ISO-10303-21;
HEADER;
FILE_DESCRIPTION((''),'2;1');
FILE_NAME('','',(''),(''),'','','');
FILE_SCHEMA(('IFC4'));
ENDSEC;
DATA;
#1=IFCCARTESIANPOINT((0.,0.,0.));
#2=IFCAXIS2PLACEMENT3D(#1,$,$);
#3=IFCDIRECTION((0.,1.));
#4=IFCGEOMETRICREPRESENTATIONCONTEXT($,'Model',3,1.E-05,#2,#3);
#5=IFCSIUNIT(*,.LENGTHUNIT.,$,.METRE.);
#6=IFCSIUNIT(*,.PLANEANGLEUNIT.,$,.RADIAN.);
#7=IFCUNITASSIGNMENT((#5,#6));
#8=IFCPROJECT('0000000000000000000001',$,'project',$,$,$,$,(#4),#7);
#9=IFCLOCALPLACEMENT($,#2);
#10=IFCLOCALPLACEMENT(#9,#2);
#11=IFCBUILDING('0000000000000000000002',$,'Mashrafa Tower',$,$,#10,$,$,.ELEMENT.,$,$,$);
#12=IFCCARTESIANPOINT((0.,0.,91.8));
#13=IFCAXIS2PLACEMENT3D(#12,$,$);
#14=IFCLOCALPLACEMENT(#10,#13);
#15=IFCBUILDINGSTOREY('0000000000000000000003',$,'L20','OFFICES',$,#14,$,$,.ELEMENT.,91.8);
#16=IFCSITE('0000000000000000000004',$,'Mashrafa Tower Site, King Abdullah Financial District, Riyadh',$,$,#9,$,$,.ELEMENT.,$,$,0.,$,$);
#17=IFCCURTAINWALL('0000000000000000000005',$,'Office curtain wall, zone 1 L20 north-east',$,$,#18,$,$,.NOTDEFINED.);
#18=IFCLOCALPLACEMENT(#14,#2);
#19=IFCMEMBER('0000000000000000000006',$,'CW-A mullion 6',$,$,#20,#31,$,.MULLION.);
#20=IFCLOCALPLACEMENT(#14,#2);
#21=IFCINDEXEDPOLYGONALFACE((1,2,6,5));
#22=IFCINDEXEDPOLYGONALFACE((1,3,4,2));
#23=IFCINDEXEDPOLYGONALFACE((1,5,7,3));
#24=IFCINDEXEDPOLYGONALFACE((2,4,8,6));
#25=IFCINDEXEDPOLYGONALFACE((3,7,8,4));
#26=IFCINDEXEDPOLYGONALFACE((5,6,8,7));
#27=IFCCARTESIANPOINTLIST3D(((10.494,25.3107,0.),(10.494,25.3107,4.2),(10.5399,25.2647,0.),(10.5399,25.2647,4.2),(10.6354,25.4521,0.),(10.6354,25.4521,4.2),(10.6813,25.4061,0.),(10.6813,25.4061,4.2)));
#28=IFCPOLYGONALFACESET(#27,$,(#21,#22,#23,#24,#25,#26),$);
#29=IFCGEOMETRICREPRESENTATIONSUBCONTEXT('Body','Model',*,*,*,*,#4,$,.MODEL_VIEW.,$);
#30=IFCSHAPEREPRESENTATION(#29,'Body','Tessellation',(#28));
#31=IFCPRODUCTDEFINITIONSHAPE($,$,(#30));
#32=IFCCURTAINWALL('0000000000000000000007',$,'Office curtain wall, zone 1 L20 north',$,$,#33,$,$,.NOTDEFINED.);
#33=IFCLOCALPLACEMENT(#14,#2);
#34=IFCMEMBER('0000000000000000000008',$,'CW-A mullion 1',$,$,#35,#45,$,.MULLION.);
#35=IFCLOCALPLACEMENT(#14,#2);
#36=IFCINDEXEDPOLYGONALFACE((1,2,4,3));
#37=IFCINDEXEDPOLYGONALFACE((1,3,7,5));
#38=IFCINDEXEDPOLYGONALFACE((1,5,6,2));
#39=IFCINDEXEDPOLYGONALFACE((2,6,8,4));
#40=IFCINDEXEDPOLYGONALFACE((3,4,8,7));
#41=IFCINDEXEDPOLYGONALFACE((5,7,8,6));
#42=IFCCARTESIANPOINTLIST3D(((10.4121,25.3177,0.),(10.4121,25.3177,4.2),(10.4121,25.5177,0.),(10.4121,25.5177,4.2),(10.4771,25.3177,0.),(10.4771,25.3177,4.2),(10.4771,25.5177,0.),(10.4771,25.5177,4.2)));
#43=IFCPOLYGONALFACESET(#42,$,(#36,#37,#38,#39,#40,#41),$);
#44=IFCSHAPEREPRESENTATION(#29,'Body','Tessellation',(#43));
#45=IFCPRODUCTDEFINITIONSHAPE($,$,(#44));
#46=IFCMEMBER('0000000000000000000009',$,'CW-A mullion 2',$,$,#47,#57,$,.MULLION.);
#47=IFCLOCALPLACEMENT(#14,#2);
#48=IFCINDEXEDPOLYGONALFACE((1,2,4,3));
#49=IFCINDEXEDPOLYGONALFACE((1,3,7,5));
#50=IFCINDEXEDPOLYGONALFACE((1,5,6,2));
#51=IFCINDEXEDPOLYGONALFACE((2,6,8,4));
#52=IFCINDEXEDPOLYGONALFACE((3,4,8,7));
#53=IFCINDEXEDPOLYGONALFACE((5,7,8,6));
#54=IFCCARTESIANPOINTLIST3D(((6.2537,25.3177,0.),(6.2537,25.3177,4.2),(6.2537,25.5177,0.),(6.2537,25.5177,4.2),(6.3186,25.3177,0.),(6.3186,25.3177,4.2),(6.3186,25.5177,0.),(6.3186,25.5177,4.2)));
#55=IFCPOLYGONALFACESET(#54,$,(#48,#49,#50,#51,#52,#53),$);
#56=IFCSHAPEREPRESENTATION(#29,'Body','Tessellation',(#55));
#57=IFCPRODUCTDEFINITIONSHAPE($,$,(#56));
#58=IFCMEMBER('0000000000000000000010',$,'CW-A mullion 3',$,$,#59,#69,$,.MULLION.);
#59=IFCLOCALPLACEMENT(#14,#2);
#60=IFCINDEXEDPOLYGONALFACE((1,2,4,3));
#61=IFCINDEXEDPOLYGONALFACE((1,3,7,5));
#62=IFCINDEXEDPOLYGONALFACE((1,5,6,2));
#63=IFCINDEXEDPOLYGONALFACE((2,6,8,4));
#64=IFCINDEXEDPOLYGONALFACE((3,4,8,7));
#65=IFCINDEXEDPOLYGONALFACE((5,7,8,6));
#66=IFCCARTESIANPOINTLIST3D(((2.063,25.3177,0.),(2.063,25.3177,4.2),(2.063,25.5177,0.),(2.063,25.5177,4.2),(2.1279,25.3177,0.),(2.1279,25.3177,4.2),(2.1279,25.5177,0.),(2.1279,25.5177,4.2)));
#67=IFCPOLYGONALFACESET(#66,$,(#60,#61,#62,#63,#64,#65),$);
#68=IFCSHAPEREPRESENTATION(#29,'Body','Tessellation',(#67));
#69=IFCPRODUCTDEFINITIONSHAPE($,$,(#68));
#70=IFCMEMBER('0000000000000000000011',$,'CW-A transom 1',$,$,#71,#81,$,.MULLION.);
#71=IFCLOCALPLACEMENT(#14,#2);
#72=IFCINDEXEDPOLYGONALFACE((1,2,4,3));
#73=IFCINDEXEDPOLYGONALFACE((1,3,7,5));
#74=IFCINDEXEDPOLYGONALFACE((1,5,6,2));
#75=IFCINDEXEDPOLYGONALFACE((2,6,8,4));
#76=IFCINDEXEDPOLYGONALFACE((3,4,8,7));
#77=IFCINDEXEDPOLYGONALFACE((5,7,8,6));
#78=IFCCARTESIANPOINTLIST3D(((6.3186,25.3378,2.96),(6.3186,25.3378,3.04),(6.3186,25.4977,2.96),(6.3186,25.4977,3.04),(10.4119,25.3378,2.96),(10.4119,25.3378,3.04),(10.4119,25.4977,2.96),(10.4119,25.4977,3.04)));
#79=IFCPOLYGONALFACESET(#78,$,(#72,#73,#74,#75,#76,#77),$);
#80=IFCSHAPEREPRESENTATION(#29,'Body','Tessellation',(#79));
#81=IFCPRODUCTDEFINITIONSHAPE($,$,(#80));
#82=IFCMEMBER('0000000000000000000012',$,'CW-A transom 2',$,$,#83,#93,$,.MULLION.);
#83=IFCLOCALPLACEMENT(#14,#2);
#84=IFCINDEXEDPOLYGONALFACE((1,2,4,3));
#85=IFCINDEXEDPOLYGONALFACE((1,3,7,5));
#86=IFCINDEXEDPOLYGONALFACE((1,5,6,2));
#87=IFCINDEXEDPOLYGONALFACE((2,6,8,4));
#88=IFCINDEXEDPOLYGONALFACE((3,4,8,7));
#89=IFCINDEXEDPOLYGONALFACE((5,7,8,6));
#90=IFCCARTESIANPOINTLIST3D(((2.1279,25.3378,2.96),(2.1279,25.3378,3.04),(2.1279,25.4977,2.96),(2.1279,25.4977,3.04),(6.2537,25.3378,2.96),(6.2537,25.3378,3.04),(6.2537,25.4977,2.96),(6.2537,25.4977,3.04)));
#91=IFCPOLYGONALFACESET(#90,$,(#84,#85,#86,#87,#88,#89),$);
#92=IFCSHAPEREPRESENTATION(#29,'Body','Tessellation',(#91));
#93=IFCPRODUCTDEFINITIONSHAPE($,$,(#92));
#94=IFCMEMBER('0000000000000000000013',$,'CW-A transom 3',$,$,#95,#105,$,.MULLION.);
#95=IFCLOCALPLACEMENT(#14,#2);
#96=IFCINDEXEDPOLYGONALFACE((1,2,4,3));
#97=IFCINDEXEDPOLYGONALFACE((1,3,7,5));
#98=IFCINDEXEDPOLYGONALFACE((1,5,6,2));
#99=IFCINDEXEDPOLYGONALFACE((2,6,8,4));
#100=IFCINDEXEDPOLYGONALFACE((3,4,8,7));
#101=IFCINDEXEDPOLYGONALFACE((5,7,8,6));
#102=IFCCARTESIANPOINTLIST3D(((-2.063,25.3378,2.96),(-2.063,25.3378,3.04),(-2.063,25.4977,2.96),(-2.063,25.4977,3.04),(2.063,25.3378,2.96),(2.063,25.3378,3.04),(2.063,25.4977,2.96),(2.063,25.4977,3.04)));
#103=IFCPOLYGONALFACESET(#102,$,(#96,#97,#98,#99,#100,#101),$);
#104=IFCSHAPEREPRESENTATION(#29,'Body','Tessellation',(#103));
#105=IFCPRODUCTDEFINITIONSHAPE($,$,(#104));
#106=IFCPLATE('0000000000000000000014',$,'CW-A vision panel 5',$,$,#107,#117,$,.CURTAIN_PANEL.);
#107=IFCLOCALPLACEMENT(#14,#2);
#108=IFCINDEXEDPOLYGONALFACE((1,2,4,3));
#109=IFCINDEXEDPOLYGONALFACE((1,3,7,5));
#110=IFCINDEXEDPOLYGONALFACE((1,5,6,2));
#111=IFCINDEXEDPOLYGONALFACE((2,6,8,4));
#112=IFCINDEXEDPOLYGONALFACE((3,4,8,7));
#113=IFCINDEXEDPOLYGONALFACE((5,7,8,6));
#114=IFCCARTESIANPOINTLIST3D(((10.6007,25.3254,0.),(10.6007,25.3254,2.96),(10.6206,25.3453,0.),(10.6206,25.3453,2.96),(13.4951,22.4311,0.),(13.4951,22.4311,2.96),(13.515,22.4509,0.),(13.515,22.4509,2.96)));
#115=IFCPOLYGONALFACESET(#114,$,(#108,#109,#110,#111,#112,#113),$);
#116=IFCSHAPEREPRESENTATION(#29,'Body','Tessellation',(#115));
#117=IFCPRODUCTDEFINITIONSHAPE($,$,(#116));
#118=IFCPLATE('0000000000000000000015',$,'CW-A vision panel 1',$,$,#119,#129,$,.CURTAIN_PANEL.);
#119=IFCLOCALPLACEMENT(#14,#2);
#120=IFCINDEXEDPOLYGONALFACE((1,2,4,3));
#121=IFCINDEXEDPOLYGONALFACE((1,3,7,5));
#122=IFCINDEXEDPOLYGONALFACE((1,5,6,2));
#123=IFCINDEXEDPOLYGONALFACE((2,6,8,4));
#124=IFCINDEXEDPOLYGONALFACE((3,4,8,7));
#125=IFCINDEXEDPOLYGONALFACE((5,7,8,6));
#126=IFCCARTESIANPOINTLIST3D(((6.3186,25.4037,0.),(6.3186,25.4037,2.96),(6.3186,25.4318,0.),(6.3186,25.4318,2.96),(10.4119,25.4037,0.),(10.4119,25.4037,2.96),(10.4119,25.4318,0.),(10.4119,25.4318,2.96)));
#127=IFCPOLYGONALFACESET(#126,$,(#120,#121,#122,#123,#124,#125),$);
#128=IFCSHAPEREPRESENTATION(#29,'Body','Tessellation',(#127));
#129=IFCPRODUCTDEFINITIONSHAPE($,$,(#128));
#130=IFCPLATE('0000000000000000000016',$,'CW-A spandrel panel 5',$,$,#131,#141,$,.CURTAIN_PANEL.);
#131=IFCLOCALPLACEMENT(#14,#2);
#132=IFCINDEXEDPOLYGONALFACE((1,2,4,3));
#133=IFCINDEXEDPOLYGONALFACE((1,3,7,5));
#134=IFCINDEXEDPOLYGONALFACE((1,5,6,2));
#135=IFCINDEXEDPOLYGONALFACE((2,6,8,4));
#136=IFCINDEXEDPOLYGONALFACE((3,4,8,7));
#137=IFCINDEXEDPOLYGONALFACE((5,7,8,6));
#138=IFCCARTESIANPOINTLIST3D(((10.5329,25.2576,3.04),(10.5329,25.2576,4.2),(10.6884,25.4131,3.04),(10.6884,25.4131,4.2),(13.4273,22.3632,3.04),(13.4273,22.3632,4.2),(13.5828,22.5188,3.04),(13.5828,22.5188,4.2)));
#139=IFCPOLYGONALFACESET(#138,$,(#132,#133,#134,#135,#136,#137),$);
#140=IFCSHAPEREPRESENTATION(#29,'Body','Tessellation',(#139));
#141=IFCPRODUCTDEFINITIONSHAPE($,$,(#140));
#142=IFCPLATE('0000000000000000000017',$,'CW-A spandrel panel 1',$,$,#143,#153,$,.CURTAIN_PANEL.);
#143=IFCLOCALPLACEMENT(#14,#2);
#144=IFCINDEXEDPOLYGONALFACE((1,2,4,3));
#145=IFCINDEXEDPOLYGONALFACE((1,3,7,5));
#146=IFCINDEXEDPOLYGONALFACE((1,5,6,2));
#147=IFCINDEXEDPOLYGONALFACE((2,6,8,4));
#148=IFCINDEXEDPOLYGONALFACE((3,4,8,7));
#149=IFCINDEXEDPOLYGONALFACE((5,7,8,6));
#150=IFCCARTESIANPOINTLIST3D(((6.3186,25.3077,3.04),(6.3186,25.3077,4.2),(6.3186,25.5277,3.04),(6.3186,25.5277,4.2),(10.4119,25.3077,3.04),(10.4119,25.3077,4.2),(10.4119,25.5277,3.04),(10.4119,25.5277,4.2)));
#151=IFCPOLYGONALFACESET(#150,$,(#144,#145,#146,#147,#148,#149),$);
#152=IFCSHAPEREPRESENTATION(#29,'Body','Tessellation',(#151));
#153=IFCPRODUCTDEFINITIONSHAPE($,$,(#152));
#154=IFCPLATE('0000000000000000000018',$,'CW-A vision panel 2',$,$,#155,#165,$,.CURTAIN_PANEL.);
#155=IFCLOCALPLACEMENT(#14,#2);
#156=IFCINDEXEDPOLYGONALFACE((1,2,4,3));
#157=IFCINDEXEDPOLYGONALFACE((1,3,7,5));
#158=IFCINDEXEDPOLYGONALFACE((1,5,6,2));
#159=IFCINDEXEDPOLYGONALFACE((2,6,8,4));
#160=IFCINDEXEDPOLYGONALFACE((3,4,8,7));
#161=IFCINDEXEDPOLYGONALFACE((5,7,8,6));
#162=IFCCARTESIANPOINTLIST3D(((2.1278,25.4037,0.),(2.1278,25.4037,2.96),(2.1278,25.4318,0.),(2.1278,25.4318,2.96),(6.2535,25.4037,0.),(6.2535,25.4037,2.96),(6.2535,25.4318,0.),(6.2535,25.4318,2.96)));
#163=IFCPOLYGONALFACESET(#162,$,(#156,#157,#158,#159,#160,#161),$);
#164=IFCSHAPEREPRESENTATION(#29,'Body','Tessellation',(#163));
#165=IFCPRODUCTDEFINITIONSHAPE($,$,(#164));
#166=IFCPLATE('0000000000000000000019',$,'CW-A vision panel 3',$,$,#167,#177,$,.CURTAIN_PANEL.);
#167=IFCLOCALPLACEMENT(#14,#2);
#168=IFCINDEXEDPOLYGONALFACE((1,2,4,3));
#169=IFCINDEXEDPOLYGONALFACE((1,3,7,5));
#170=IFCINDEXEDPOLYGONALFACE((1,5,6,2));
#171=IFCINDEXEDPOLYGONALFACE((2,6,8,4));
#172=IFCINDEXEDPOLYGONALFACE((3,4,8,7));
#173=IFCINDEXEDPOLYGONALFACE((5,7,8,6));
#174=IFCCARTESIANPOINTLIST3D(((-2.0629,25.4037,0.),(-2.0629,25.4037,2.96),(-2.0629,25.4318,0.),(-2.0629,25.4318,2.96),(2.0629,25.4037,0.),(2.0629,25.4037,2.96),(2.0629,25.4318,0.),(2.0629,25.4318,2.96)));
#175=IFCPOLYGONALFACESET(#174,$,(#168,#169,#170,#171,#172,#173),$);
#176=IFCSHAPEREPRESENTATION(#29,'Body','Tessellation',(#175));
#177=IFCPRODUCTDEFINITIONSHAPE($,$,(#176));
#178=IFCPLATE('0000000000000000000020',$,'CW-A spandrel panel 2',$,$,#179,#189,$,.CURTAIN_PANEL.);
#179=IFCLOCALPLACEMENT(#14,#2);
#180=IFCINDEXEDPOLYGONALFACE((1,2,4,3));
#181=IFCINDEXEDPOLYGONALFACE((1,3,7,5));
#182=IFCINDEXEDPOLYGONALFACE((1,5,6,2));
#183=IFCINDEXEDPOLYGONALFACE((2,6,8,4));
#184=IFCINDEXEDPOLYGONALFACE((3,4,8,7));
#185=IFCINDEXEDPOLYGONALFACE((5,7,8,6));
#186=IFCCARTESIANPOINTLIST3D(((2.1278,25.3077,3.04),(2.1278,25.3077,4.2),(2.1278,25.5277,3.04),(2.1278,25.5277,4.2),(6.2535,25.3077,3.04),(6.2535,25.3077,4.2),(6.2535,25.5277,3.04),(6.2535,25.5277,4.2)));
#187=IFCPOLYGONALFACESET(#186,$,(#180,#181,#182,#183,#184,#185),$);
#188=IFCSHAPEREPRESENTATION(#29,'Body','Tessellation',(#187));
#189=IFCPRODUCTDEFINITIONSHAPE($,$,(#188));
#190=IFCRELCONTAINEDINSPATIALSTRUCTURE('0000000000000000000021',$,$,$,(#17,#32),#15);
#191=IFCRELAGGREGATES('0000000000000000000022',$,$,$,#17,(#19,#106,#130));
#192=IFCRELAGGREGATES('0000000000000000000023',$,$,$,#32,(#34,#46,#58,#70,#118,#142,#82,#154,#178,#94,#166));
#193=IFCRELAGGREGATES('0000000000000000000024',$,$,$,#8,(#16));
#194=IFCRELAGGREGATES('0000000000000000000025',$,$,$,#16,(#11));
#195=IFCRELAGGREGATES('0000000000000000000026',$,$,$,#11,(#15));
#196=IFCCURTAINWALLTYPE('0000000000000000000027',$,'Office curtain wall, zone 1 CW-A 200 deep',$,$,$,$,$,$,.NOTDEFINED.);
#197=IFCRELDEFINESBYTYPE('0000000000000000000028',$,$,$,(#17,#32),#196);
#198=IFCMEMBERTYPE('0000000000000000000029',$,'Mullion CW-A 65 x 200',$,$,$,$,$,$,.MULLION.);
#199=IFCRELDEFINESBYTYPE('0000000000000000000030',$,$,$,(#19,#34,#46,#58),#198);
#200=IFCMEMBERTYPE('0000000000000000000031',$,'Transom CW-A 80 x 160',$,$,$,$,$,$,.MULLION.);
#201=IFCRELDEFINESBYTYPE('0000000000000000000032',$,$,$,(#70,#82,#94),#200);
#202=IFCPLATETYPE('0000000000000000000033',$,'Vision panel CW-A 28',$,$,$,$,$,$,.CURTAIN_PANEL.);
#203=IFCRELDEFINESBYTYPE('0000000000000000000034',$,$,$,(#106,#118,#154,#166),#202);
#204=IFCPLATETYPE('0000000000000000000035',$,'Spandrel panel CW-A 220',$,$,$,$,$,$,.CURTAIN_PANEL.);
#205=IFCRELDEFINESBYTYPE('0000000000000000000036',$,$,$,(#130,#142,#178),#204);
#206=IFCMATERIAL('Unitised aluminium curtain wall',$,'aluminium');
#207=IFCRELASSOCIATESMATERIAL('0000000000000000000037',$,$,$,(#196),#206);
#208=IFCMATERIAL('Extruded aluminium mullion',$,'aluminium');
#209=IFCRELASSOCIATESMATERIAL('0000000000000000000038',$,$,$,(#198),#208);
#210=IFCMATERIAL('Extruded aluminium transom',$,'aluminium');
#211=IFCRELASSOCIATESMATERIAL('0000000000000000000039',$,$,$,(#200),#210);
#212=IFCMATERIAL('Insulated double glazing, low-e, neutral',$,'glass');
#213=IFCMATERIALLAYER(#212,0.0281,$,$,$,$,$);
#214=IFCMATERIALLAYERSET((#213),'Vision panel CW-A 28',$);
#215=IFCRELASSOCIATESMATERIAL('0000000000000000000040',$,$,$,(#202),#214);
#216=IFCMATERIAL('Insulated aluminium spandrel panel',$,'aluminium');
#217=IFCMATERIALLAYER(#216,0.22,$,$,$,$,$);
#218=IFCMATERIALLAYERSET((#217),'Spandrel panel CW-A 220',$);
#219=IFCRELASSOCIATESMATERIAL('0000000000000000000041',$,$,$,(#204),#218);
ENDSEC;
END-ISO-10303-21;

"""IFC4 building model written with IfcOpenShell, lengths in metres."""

from ifc_helpers import new_model, si_unit, direction, frame, origin, origin_2d, place, context, subcontext, project, spatial, rectangle, extrude, source, transform, mapped, material, layer, layer_set, material_profile, profile_set, type_object, type_shapes, element, aggregate, save


model = new_model("IFC4")

# Units and contexts
model_context = context("Model", 3, precision=1e-05, world=origin(), true_north=direction((0.0, 1.0)))
body_context = subcontext(model_context, "Body", "Model", "MODEL_VIEW")
ifc_project = project(units=[si_unit("LENGTHUNIT", "METRE"), si_unit("PLANEANGLEUNIT", "RADIAN")], contexts=[model_context])

# Site, building, storey
site_placement = place(None, origin())
site = spatial("IfcSite", under=ifc_project, at=site_placement, Name="Mashrafa Tower Site, King Abdullah Financial District, Riyadh", CompositionType="ELEMENT", RefElevation=0.0)
building_placement = place(site_placement, origin())
building = spatial("IfcBuilding", under=site, at=building_placement, Name="Mashrafa Tower", CompositionType="ELEMENT")
storey_placement = place(building_placement, frame((0.0, 0.0, 91.8)))
storey = spatial("IfcBuildingStorey", under=building, at=storey_placement, Name="L20", Description="OFFICES", CompositionType="ELEMENT", Elevation=91.8)

# Curtain wall, member
ifc_material_1 = material(Name="Unitised aluminium curtain wall", Category="aluminium")
curtain_wall_type = type_object("IfcCurtainWallType", Name="Office curtain wall, zone 1 CW-A 200 deep", PredefinedType="NOTDEFINED", material=ifc_material_1)
curtain_wall_1_placement = place(storey_placement, origin())
curtain_wall_1 = element("IfcCurtainWall", 1, at=curtain_wall_1_placement, inside=storey, type_object=curtain_wall_type, Name="Office curtain wall, zone 1 L20 north-east", PredefinedType="NOTDEFINED")
ifc_material_2 = material(Name="Extruded aluminium mullion", Category="aluminium")
ifc_material_profile_1 = material_profile(ifc_material_2, rectangle(XDim=0.2, YDim=0.0649, at=origin_2d()), Name="Mullion 65x200")
ifc_profile_set_1 = profile_set([ifc_material_profile_1], Name="Extruded aluminium mullion")
member_type_1 = type_object("IfcMemberType", Name="Mullion CW-A 65 x 200", PredefinedType="MULLION", material=ifc_profile_set_1)
shared_shape_1 = source(origin(), body_context, "Body", "SweptSolid", [
    extrude(rectangle(XDim=0.2, YDim=0.0649, at=origin_2d()), origin(), (0.0, 0.0, 1.0), 4.2),
])
type_shapes(member_type_1, [shared_shape_1])
member_1_placement = place(storey_placement, frame((10.5876, 25.3584, 0.0), z_axis=(0.0, 0.0, 1.0), x_axis=(-0.707107, -0.707107, 0.0)))
member_1 = element("IfcMember", 2, at=member_1_placement, type_object=member_type_1, Name="CW-A mullion 6", PredefinedType="MULLION", context=body_context, shape_type="MappedRepresentation", body=[
    mapped(shared_shape_1, transform((0.0, 0.0, 0.0))),
])

# Curtain wall, members
curtain_wall_2_placement = place(storey_placement, origin())
curtain_wall_2 = element("IfcCurtainWall", 3, at=curtain_wall_2_placement, inside=storey, type_object=curtain_wall_type, Name="Office curtain wall, zone 1 L20 north", PredefinedType="NOTDEFINED")
member_2_placement = place(storey_placement, frame((10.4446, 25.4177, 0.0), z_axis=(0.0, 0.0, 1.0), x_axis=(0.0, -1.0, 0.0)))
member_2 = element("IfcMember", 4, at=member_2_placement, type_object=member_type_1, Name="CW-A mullion 1", PredefinedType="MULLION", context=body_context, shape_type="MappedRepresentation", body=[
    mapped(shared_shape_1, transform((0.0, 0.0, 0.0))),
])
member_3_placement = place(storey_placement, frame((6.2861, 25.4177, 0.0), z_axis=(0.0, 0.0, 1.0), x_axis=(0.0, -1.0, 0.0)))
member_3 = element("IfcMember", 5, at=member_3_placement, type_object=member_type_1, Name="CW-A mullion 2", PredefinedType="MULLION", context=body_context, shape_type="MappedRepresentation", body=[
    mapped(shared_shape_1, transform((0.0, 0.0, 0.0))),
])
member_4_placement = place(storey_placement, frame((2.0955, 25.4177, 0.0), z_axis=(0.0, 0.0, 1.0), x_axis=(0.0, -1.0, 0.0)))
member_4 = element("IfcMember", 6, at=member_4_placement, type_object=member_type_1, Name="CW-A mullion 3", PredefinedType="MULLION", context=body_context, shape_type="MappedRepresentation", body=[
    mapped(shared_shape_1, transform((0.0, 0.0, 0.0))),
])
ifc_material_3 = material(Name="Extruded aluminium transom", Category="aluminium")
ifc_material_profile_2 = material_profile(ifc_material_3, rectangle(XDim=0.1599, YDim=0.0801, at=origin_2d()), Name="Transom 80x160")
ifc_profile_set_2 = profile_set([ifc_material_profile_2], Name="Extruded aluminium transom")
member_type_2 = type_object("IfcMemberType", Name="Transom CW-A 80 x 160", PredefinedType="MULLION", material=ifc_profile_set_2)
shared_shape_2 = source(origin(), body_context, "Body", "SweptSolid", [
    extrude(rectangle(XDim=0.1599, YDim=0.0801, at=origin_2d()), origin(), (0.0, 0.0, 1.0), 4.0933),
])
member_5_placement = place(storey_placement, frame((10.4119, 25.4177, 3.0), z_axis=(-1.0, 0.0, 0.0), x_axis=(0.0, -1.0, 0.0)))
member_5 = element("IfcMember", 7, at=member_5_placement, type_object=member_type_2, Name="CW-A transom 1", PredefinedType="MULLION", context=body_context, shape_type="MappedRepresentation", body=[
    mapped(shared_shape_2, transform((0.0, 0.0, 0.0))),
])
shared_shape_3 = source(origin(), body_context, "Body", "SweptSolid", [
    extrude(rectangle(XDim=0.1599, YDim=0.0801, at=origin_2d()), origin(), (0.0, 0.0, 1.0), 4.1257),
])
member_6_placement = place(storey_placement, frame((6.2537, 25.4177, 3.0), z_axis=(-1.0, 0.0, 0.0), x_axis=(0.0, -1.0, 0.0)))
member_6 = element("IfcMember", 8, at=member_6_placement, type_object=member_type_2, Name="CW-A transom 2", PredefinedType="MULLION", context=body_context, shape_type="MappedRepresentation", body=[
    mapped(shared_shape_3, transform((0.0, 0.0, 0.0))),
])
shared_shape_4 = source(origin(), body_context, "Body", "SweptSolid", [
    extrude(rectangle(XDim=0.1599, YDim=0.0801, at=origin_2d()), origin(), (0.0, 0.0, 1.0), 4.126),
])
type_shapes(member_type_2, [shared_shape_2, shared_shape_3, shared_shape_4])
member_7_placement = place(storey_placement, frame((2.063, 25.4177, 3.0), z_axis=(-1.0, 0.0, 0.0), x_axis=(0.0, -1.0, 0.0)))
member_7 = element("IfcMember", 9, at=member_7_placement, type_object=member_type_2, Name="CW-A transom 3", PredefinedType="MULLION", context=body_context, shape_type="MappedRepresentation", body=[
    mapped(shared_shape_4, transform((0.0, 0.0, 0.0))),
])

# Plates
ifc_material_4 = material(Name="Insulated double glazing, low-e, neutral", Category="glass")
ifc_layer_1 = layer(ifc_material_4, 0.0281)
ifc_layer_set_1 = layer_set([ifc_layer_1], Name="Vision panel CW-A 28")
plate_type_1 = type_object("IfcPlateType", Name="Vision panel CW-A 28", PredefinedType="CURTAIN_PANEL", material=ifc_layer_set_1)
shared_shape_5 = source(origin(), body_context, "Body", "SweptSolid", [
    extrude(rectangle(XDim=4.0933, YDim=0.0281, at=origin_2d()), origin(), (0.0, 0.0, 1.0), 2.96),
])
plate_1_placement = place(storey_placement, frame((12.0579, 23.8882, 0.0), z_axis=(0.0, 0.0, 1.0), x_axis=(-0.707107, 0.707107, 0.0)))
plate_1 = element("IfcPlate", 10, at=plate_1_placement, type_object=plate_type_1, Name="CW-A vision panel 5", PredefinedType="CURTAIN_PANEL", context=body_context, shape_type="MappedRepresentation", body=[
    mapped(shared_shape_5, transform((0.0, 0.0, 0.0))),
])
plate_2_placement = place(storey_placement, frame((8.3652, 25.4177, 0.0), z_axis=(0.0, 0.0, 1.0), x_axis=(-1.0, 0.0, 0.0)))
plate_2 = element("IfcPlate", 11, at=plate_2_placement, type_object=plate_type_1, Name="CW-A vision panel 1", PredefinedType="CURTAIN_PANEL", context=body_context, shape_type="MappedRepresentation", body=[
    mapped(shared_shape_5, transform((0.0, 0.0, 0.0))),
])
ifc_material_5 = material(Name="Insulated aluminium spandrel panel", Category="aluminium")
ifc_layer_2 = layer(ifc_material_5, 0.22)
ifc_layer_set_2 = layer_set([ifc_layer_2], Name="Spandrel panel CW-A 220")
plate_type_2 = type_object("IfcPlateType", Name="Spandrel panel CW-A 220", PredefinedType="CURTAIN_PANEL", material=ifc_layer_set_2)
shared_shape_6 = source(origin(), body_context, "Body", "SweptSolid", [
    extrude(rectangle(XDim=4.0933, YDim=0.22, at=origin_2d()), origin(), (0.0, 0.0, 1.0), 1.1599),
])
plate_3_placement = place(storey_placement, frame((12.0579, 23.8882, 3.04), z_axis=(0.0, 0.0, 1.0), x_axis=(-0.707107, 0.707107, 0.0)))
plate_3 = element("IfcPlate", 12, at=plate_3_placement, type_object=plate_type_2, Name="CW-A spandrel panel 5", PredefinedType="CURTAIN_PANEL", context=body_context, shape_type="MappedRepresentation", body=[
    mapped(shared_shape_6, transform((0.0, 0.0, 0.0))),
])
aggregate(curtain_wall_1, [member_1, plate_1, plate_3])
plate_4_placement = place(storey_placement, frame((8.3652, 25.4177, 3.04), z_axis=(0.0, 0.0, 1.0), x_axis=(-1.0, 0.0, 0.0)))
plate_4 = element("IfcPlate", 13, at=plate_4_placement, type_object=plate_type_2, Name="CW-A spandrel panel 1", PredefinedType="CURTAIN_PANEL", context=body_context, shape_type="MappedRepresentation", body=[
    mapped(shared_shape_6, transform((0.0, 0.0, 0.0))),
])
shared_shape_7 = source(origin(), body_context, "Body", "SweptSolid", [
    extrude(rectangle(XDim=4.1257, YDim=0.0281, at=origin_2d()), origin(), (0.0, 0.0, 1.0), 2.96),
])
type_shapes(plate_type_1, [shared_shape_5, shared_shape_7])
plate_5_placement = place(storey_placement, frame((4.1907, 25.4177, 0.0), z_axis=(0.0, 0.0, 1.0), x_axis=(-1.0, 0.0, 0.0)))
plate_5 = element("IfcPlate", 14, at=plate_5_placement, type_object=plate_type_1, Name="CW-A vision panel 2", PredefinedType="CURTAIN_PANEL", context=body_context, shape_type="MappedRepresentation", body=[
    mapped(shared_shape_7, transform((0.0, 0.0, 0.0))),
])
plate_6_placement = place(storey_placement, frame((0.0, 25.4177, 0.0), z_axis=(0.0, 0.0, 1.0), x_axis=(-1.0, 0.0, 0.0)))
plate_6 = element("IfcPlate", 15, at=plate_6_placement, type_object=plate_type_1, Name="CW-A vision panel 3", PredefinedType="CURTAIN_PANEL", context=body_context, shape_type="MappedRepresentation", body=[
    mapped(shared_shape_7, transform((0.0, 0.0, 0.0))),
])
shared_shape_8 = source(origin(), body_context, "Body", "SweptSolid", [
    extrude(rectangle(XDim=4.1257, YDim=0.22, at=origin_2d()), origin(), (0.0, 0.0, 1.0), 1.1599),
])
type_shapes(plate_type_2, [shared_shape_6, shared_shape_8])
plate_7_placement = place(storey_placement, frame((4.1907, 25.4177, 3.04), z_axis=(0.0, 0.0, 1.0), x_axis=(-1.0, 0.0, 0.0)))
plate_7 = element("IfcPlate", 16, at=plate_7_placement, type_object=plate_type_2, Name="CW-A spandrel panel 2", PredefinedType="CURTAIN_PANEL", context=body_context, shape_type="MappedRepresentation", body=[
    mapped(shared_shape_8, transform((0.0, 0.0, 0.0))),
])
aggregate(curtain_wall_2, [member_2, member_3, member_4, member_5, plate_2, plate_4, member_6, plate_5, plate_7, member_7, plate_6])

save(model, "model.ifc")
